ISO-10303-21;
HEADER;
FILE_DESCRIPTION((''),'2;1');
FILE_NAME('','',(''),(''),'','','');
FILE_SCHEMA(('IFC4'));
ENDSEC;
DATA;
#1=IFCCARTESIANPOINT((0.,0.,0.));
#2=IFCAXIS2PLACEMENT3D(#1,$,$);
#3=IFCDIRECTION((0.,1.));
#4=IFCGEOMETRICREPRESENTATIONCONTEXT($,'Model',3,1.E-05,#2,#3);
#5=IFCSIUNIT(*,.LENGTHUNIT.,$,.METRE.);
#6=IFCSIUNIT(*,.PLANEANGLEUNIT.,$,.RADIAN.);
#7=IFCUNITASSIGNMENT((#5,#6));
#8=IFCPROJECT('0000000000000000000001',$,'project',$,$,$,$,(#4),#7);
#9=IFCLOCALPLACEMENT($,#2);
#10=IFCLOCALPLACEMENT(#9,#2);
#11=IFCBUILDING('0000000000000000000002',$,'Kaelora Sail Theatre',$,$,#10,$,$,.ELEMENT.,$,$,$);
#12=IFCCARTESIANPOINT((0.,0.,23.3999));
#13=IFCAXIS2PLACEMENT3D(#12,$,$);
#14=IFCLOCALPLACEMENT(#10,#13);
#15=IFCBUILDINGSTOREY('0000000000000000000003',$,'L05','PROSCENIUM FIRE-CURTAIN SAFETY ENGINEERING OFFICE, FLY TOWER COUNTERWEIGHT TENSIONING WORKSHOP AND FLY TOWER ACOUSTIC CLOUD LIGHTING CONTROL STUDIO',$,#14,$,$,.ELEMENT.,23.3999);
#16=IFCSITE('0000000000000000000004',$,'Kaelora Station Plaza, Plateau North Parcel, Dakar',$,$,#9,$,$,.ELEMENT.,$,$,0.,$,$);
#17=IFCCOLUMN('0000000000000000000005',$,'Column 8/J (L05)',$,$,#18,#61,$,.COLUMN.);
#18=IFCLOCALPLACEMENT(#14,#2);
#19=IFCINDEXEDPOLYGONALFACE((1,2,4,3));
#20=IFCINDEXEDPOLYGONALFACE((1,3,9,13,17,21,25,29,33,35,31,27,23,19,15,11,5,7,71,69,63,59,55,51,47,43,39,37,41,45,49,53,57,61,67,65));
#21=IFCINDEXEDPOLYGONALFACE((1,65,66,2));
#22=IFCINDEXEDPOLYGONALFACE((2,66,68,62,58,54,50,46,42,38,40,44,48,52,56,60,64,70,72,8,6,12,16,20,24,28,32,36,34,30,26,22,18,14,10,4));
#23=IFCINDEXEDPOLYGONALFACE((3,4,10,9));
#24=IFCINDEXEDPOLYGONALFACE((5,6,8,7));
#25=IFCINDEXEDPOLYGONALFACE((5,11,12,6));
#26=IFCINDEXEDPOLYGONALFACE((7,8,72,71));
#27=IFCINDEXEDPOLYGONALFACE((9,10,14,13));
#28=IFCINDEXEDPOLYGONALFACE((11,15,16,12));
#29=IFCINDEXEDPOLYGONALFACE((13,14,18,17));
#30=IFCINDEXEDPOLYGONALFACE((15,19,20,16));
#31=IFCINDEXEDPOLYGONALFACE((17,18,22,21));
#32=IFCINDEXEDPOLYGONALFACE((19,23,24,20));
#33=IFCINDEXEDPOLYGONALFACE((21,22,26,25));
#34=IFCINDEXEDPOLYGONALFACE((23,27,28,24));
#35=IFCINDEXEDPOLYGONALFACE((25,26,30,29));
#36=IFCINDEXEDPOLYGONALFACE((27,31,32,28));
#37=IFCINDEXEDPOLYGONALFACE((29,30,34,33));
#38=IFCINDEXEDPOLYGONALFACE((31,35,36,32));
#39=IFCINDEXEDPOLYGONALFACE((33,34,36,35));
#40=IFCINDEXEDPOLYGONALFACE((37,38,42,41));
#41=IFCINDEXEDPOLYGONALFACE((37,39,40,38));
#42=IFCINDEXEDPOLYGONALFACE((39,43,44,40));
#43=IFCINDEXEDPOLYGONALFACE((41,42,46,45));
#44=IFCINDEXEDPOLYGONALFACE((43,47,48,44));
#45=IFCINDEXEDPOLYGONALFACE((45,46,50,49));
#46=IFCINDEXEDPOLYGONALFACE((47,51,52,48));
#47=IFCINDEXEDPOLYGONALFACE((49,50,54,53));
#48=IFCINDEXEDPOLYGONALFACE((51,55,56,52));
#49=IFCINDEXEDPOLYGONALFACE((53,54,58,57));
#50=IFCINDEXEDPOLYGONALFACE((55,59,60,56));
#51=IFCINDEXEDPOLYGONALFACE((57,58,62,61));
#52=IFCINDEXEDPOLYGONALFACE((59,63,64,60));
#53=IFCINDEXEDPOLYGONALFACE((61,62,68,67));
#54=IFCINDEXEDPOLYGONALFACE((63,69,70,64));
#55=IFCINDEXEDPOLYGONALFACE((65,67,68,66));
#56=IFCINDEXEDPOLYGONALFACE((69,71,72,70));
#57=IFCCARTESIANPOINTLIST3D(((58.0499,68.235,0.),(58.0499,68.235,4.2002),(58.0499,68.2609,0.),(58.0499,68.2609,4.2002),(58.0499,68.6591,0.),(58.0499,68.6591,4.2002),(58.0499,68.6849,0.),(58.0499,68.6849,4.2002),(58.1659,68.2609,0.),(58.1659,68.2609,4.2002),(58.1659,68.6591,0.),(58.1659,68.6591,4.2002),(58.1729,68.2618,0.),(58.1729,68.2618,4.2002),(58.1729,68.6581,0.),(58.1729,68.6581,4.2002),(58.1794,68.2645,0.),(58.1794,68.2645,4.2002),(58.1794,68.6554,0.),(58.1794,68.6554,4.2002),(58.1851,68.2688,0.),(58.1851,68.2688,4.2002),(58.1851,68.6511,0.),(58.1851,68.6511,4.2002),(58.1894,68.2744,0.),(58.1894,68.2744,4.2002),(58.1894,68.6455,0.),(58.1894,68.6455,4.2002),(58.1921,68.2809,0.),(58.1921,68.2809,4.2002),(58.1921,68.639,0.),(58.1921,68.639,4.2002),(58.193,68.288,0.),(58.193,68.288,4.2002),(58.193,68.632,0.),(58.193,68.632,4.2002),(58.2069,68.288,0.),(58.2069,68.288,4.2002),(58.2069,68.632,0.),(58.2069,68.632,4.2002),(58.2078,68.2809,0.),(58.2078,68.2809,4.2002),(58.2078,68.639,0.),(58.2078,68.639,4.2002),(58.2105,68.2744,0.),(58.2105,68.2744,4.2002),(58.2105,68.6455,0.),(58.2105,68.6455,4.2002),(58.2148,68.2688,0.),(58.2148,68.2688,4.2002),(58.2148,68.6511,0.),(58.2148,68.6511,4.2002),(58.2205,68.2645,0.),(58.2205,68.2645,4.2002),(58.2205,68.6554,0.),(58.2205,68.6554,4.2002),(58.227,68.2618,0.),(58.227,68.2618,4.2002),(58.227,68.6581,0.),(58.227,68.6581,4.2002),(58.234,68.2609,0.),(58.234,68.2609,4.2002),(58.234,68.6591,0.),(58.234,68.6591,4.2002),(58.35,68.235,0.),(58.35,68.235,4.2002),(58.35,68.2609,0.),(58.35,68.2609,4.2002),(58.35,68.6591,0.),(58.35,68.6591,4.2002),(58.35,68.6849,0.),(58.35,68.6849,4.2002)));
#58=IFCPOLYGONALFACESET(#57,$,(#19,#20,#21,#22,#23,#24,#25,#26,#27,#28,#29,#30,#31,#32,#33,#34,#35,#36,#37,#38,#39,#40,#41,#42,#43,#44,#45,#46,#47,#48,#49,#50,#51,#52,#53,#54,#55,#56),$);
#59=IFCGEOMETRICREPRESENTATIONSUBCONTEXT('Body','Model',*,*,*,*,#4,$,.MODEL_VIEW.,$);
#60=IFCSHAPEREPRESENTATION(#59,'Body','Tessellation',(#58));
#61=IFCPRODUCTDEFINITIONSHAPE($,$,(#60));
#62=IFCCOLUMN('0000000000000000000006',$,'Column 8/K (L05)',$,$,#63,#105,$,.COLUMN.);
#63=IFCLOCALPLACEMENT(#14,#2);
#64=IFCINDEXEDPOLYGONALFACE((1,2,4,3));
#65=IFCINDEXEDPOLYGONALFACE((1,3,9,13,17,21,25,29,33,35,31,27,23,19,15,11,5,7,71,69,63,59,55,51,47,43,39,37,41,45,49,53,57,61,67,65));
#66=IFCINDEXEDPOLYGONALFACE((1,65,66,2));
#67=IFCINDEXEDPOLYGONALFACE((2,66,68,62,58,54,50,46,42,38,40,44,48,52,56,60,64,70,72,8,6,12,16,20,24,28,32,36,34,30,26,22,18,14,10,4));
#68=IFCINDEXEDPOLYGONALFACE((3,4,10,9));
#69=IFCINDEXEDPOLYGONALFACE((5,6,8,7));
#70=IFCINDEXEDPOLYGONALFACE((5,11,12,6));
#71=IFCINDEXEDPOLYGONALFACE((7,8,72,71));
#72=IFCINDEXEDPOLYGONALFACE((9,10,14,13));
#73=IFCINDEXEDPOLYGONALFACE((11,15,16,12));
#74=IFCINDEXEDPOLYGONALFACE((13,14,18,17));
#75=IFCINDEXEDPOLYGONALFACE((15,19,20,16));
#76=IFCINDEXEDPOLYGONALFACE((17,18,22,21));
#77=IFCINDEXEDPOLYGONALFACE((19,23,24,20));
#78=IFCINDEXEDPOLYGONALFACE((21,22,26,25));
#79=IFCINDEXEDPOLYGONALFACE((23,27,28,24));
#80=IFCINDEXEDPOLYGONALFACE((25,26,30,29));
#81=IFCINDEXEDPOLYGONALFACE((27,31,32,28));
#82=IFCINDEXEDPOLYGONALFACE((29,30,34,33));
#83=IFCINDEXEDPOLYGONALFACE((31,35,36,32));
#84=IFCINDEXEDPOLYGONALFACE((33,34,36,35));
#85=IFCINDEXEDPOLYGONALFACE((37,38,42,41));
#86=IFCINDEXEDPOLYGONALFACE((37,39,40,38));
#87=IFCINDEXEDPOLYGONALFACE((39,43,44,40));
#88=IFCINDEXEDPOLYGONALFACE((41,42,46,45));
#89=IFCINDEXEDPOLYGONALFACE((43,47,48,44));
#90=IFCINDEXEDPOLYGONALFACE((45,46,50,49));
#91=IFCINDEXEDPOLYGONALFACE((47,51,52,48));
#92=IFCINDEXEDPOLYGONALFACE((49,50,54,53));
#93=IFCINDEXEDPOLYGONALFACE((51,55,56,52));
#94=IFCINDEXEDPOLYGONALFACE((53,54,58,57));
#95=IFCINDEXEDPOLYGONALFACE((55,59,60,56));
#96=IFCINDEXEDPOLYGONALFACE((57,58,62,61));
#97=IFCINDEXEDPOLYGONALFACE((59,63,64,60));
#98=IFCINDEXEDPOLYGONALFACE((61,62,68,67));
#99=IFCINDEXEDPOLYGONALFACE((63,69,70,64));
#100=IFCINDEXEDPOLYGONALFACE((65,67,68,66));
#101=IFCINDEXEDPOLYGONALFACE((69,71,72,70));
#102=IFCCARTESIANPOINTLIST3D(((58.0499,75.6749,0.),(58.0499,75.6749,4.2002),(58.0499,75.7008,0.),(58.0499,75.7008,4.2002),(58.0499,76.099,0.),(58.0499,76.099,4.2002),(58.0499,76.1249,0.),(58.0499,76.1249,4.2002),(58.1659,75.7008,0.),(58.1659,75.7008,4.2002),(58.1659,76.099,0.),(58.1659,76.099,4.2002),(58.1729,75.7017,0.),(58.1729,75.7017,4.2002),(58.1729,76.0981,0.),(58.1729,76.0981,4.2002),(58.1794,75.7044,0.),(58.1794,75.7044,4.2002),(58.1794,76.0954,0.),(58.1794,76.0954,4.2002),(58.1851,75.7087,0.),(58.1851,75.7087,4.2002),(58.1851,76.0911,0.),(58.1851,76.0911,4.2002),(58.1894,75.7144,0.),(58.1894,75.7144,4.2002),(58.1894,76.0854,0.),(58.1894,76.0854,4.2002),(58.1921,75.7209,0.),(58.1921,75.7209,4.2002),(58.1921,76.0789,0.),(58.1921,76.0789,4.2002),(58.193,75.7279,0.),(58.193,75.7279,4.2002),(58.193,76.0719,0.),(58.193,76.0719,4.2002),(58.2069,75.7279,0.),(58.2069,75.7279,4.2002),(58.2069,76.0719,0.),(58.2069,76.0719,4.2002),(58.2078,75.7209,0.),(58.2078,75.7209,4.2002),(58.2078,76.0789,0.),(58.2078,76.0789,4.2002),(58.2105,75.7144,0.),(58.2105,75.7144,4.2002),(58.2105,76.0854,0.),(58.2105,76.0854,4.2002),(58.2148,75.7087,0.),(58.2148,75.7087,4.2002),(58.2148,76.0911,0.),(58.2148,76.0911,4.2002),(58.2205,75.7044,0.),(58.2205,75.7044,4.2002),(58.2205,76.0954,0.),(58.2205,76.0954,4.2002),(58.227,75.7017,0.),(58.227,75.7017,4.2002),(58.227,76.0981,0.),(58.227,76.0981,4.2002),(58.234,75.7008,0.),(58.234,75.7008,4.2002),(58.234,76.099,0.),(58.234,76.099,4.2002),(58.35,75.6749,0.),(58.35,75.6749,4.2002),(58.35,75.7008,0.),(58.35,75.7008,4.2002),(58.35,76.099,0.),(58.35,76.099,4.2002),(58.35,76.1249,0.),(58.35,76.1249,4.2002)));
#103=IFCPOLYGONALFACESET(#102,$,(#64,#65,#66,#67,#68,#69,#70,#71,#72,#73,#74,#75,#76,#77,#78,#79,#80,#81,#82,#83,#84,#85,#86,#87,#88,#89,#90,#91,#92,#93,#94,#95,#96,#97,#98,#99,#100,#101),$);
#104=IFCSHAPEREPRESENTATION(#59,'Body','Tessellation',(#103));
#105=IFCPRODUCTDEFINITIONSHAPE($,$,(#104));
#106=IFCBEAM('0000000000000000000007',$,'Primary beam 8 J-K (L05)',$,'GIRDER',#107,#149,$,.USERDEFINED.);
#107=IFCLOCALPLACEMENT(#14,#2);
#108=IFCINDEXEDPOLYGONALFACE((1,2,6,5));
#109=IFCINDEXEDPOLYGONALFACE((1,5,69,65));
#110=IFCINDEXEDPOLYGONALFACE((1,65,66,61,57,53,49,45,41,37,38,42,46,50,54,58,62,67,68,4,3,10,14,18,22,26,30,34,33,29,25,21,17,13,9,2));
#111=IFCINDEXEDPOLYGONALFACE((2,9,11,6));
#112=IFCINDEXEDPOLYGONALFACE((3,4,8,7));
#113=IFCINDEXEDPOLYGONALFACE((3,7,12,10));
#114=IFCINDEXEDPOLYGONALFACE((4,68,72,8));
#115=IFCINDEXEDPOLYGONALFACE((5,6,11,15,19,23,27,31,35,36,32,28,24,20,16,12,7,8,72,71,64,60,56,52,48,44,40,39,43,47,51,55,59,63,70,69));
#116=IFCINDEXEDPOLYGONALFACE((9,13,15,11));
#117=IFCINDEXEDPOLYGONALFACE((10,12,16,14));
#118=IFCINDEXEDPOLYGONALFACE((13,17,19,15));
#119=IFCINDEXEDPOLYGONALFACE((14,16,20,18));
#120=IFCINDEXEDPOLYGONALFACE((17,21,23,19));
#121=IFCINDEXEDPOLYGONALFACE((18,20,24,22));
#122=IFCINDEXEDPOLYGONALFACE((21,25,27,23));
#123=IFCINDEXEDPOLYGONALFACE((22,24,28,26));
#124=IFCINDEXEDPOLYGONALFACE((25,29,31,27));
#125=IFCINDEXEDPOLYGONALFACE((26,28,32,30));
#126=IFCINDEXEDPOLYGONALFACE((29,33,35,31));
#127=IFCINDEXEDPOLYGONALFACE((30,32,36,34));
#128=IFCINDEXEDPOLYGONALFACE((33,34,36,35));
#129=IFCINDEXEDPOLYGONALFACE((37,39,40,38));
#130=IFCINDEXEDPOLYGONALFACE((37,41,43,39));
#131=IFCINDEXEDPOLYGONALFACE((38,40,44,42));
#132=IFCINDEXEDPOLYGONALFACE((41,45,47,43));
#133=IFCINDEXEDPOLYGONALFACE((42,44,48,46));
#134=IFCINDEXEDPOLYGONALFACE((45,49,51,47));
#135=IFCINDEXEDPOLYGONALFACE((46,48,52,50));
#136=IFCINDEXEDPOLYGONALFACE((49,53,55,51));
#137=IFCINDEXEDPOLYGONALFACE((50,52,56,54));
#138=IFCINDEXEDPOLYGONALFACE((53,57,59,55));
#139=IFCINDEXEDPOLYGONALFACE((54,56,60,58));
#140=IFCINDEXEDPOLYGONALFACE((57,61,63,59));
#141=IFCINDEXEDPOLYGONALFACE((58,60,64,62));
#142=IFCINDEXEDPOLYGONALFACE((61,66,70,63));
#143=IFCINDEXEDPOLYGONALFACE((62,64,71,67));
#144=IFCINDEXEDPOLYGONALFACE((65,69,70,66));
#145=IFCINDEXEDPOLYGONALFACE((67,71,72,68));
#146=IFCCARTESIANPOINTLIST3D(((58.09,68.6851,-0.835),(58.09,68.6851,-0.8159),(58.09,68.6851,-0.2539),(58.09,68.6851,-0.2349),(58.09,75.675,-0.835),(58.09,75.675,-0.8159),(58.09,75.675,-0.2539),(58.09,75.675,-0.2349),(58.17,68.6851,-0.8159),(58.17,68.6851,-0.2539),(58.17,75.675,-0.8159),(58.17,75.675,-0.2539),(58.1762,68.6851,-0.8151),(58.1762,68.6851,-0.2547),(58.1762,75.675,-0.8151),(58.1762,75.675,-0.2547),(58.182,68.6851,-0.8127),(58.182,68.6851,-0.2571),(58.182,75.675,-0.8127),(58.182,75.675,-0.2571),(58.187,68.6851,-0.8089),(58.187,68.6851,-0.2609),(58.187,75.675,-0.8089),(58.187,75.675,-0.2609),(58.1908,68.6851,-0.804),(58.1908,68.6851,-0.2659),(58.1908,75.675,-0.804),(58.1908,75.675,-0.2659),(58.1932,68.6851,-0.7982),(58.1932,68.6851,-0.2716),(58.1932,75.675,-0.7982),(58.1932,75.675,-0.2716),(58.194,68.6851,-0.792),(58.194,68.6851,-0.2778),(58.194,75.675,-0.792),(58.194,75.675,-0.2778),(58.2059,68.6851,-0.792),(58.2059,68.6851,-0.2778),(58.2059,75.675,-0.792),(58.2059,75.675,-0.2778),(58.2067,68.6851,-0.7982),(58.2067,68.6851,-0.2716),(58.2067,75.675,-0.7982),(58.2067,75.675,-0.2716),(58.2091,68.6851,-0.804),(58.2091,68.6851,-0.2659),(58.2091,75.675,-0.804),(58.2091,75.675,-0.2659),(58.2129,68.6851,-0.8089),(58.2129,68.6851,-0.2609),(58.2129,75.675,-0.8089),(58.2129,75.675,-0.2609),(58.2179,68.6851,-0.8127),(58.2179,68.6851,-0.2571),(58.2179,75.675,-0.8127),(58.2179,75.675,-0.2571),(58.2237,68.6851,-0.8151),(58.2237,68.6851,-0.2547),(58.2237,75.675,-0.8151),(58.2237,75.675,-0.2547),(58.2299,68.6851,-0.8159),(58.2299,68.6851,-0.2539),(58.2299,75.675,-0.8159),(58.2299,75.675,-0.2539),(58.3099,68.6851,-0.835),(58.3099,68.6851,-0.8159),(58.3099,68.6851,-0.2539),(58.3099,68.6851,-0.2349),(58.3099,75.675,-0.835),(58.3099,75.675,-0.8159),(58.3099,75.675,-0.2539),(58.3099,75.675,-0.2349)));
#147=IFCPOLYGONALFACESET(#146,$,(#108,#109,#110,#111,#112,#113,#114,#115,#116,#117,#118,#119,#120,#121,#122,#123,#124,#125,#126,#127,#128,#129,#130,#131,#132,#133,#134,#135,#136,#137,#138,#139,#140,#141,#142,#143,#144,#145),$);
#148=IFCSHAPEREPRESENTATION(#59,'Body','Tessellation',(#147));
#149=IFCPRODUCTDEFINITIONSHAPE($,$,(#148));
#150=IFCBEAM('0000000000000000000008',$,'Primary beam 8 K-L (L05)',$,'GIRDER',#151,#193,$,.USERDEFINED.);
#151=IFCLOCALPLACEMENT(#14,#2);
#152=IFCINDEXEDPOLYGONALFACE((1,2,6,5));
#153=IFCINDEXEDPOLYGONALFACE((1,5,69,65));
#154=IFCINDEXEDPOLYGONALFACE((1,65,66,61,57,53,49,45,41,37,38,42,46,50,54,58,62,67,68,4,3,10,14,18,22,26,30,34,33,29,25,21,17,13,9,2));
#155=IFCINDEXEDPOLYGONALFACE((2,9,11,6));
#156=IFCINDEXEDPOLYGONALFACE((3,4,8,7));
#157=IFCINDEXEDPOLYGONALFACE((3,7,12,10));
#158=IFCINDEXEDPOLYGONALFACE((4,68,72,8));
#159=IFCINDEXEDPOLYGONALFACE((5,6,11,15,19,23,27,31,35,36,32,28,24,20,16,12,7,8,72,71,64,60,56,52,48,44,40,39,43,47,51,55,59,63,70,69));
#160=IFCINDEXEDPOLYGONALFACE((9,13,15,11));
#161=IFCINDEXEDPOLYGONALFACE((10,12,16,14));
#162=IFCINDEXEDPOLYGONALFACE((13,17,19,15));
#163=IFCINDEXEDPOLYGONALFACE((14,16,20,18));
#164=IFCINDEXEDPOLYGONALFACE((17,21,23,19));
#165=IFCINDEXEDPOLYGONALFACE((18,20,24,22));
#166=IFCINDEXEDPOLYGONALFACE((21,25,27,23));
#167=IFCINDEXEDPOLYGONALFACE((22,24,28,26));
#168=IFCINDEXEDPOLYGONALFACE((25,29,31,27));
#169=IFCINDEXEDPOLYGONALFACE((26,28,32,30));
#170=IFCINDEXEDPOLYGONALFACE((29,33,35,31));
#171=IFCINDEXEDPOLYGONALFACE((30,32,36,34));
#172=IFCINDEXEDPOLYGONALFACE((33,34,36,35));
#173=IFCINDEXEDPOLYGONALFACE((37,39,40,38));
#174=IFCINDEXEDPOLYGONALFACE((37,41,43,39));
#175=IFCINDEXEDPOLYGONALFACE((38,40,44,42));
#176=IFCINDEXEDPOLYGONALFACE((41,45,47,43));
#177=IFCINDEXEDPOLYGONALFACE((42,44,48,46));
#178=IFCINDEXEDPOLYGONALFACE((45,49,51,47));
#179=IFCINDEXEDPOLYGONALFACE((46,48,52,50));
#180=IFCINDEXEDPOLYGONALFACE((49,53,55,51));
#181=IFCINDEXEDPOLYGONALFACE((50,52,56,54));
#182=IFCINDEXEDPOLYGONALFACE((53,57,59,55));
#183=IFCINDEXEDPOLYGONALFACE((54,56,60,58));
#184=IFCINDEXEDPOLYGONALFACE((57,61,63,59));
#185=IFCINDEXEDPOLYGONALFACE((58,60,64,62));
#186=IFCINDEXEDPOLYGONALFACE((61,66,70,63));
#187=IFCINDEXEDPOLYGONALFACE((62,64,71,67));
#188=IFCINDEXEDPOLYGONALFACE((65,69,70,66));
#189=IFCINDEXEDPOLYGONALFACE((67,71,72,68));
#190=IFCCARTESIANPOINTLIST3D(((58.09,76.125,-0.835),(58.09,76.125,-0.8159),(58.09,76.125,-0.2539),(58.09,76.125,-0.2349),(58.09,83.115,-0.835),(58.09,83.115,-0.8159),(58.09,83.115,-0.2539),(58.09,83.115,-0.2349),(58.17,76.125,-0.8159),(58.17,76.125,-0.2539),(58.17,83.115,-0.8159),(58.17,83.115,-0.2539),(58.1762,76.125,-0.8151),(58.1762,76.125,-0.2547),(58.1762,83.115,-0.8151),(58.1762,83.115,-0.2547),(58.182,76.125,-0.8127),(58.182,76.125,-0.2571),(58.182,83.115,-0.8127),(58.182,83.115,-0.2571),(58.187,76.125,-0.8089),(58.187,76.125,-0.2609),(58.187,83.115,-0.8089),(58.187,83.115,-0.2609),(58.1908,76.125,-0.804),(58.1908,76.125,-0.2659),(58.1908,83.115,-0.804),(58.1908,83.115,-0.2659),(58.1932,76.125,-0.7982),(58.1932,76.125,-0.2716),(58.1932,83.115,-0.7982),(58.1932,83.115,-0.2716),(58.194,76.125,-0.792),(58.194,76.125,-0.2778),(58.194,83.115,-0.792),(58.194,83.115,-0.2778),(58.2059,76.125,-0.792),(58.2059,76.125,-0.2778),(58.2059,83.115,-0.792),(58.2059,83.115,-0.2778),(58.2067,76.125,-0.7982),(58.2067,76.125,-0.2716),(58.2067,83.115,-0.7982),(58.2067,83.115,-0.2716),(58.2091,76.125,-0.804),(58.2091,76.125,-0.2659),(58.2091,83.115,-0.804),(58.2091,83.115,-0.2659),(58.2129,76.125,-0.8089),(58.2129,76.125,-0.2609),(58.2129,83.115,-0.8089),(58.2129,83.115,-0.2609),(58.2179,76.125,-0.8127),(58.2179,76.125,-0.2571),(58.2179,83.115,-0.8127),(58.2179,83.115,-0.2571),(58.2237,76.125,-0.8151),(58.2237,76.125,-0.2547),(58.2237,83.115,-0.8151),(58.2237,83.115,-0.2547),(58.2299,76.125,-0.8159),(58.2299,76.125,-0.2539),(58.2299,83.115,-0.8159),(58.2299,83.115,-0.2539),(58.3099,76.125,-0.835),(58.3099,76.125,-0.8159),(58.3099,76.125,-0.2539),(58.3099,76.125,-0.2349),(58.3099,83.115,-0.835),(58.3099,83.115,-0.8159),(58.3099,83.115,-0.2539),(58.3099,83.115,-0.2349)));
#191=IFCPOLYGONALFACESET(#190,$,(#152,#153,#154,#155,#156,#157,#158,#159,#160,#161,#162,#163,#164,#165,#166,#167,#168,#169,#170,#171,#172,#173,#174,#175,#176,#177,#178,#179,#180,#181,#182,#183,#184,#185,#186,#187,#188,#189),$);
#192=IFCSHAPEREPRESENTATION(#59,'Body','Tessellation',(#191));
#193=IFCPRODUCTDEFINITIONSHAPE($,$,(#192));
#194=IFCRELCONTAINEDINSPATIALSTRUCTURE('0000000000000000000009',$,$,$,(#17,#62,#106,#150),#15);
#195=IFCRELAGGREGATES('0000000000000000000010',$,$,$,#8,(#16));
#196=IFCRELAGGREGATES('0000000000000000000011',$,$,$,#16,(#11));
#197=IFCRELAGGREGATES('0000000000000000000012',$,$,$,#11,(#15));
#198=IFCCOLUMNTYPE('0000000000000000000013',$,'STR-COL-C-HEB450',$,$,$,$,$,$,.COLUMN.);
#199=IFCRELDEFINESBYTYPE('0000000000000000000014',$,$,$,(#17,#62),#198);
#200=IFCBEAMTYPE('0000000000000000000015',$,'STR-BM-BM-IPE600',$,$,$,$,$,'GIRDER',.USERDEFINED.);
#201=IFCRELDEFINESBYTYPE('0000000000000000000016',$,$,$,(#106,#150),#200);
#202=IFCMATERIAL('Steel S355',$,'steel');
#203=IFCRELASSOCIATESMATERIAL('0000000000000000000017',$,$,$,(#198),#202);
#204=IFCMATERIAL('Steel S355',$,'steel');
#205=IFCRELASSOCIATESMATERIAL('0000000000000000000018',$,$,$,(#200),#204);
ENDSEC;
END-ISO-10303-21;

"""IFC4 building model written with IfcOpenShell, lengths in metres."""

from ifc_helpers import new_model, si_unit, direction, frame, origin, origin_2d, place, context, subcontext, project, spatial, i_section, extrude, material, material_profile, profile_set, type_object, element, save


model = new_model("IFC4")

# Units and contexts
model_context = context("Model", 3, precision=1e-05, world=origin(), true_north=direction((0.0, 1.0)))
body_context = subcontext(model_context, "Body", "Model", "MODEL_VIEW")
ifc_project = project(units=[si_unit("LENGTHUNIT", "METRE"), si_unit("PLANEANGLEUNIT", "RADIAN")], contexts=[model_context])

# Site, building, storey
site_placement = place(None, origin())
site = spatial("IfcSite", under=ifc_project, at=site_placement, Name="Kaelora Station Plaza, Plateau North Parcel, Dakar", CompositionType="ELEMENT", RefElevation=0.0)
building_placement = place(site_placement, origin())
building = spatial("IfcBuilding", under=site, at=building_placement, Name="Kaelora Sail Theatre", CompositionType="ELEMENT")
storey_placement = place(building_placement, frame((0.0, 0.0, 23.3999)))
storey = spatial("IfcBuildingStorey", under=building, at=storey_placement, Name="L05", Description="PROSCENIUM FIRE-CURTAIN SAFETY ENGINEERING OFFICE, FLY TOWER COUNTERWEIGHT TENSIONING WORKSHOP AND FLY TOWER ACOUSTIC CLOUD LIGHTING CONTROL STUDIO", CompositionType="ELEMENT", Elevation=23.3999)

# Columns
ifc_material_1 = material(Name="Steel S355", Category="steel")
ifc_material_profile_1 = material_profile(ifc_material_1, i_section(OverallWidth=0.3, OverallDepth=0.45, WebThickness=0.0139, FlangeThickness=0.0259, FilletRadius=0.0271, at=origin_2d()), Name="HEB 450")
ifc_profile_set_1 = profile_set([ifc_material_profile_1], Name="Steel S355")
column_type = type_object("IfcColumnType", Name="STR-COL-C-HEB450", PredefinedType="COLUMN", material=ifc_profile_set_1)
for number, where, z_axis, x_axis, name in (
    (1, (58.2, 68.46, 0.0), (0.0, 0.0, 1.0), (1.0, 0.0, 0.0), "Column 8/J (L05)"),
    (2, (58.2, 75.8999, 0.0), (0.0, 0.0, 1.0), (1.0, 0.0, 0.0), "Column 8/K (L05)"),
):
    element("IfcColumn", number, at=place(storey_placement, frame(where, z_axis=z_axis, x_axis=x_axis)), inside=storey, type_object=column_type, Name=name, PredefinedType="COLUMN", context=body_context, shape_type="SweptSolid", body=[
        extrude(i_section(OverallWidth=0.3, OverallDepth=0.45, WebThickness=0.0139, FlangeThickness=0.0259, FilletRadius=0.0271, at=origin_2d()), origin(), (0.0, 0.0, 1.0), 4.2002),
    ])

# Beams
ifc_material_2 = material(Name="Steel S355", Category="steel")
ifc_material_profile_2 = material_profile(ifc_material_2, i_section(OverallWidth=0.22, OverallDepth=0.6001, WebThickness=0.012, FlangeThickness=0.019, FilletRadius=0.0239, at=origin_2d()), Name="IPE 600")
ifc_profile_set_2 = profile_set([ifc_material_profile_2], Name="Steel S355")
beam_type = type_object("IfcBeamType", Name="STR-BM-BM-IPE600", ElementType="GIRDER", PredefinedType="USERDEFINED", material=ifc_profile_set_2)
for number, where, z_axis, x_axis, name in (
    (3, (58.2, 68.6851, -0.5349), (0.0, 1.0, 0.0), (-1.0, 0.0, 0.0), "Primary beam 8 J-K (L05)"),
    (4, (58.2, 76.125, -0.5349), (0.0, 1.0, 0.0), (-1.0, 0.0, 0.0), "Primary beam 8 K-L (L05)"),
):
    element("IfcBeam", number, at=place(storey_placement, frame(where, z_axis=z_axis, x_axis=x_axis)), inside=storey, type_object=beam_type, Name=name, ObjectType="GIRDER", PredefinedType="USERDEFINED", context=body_context, shape_type="SweptSolid", body=[
        extrude(i_section(OverallWidth=0.22, OverallDepth=0.6001, WebThickness=0.012, FlangeThickness=0.019, FilletRadius=0.0239, at=origin_2d()), origin(), (0.0, 0.0, 1.0), 6.99),
    ])

save(model, "model.ifc")
